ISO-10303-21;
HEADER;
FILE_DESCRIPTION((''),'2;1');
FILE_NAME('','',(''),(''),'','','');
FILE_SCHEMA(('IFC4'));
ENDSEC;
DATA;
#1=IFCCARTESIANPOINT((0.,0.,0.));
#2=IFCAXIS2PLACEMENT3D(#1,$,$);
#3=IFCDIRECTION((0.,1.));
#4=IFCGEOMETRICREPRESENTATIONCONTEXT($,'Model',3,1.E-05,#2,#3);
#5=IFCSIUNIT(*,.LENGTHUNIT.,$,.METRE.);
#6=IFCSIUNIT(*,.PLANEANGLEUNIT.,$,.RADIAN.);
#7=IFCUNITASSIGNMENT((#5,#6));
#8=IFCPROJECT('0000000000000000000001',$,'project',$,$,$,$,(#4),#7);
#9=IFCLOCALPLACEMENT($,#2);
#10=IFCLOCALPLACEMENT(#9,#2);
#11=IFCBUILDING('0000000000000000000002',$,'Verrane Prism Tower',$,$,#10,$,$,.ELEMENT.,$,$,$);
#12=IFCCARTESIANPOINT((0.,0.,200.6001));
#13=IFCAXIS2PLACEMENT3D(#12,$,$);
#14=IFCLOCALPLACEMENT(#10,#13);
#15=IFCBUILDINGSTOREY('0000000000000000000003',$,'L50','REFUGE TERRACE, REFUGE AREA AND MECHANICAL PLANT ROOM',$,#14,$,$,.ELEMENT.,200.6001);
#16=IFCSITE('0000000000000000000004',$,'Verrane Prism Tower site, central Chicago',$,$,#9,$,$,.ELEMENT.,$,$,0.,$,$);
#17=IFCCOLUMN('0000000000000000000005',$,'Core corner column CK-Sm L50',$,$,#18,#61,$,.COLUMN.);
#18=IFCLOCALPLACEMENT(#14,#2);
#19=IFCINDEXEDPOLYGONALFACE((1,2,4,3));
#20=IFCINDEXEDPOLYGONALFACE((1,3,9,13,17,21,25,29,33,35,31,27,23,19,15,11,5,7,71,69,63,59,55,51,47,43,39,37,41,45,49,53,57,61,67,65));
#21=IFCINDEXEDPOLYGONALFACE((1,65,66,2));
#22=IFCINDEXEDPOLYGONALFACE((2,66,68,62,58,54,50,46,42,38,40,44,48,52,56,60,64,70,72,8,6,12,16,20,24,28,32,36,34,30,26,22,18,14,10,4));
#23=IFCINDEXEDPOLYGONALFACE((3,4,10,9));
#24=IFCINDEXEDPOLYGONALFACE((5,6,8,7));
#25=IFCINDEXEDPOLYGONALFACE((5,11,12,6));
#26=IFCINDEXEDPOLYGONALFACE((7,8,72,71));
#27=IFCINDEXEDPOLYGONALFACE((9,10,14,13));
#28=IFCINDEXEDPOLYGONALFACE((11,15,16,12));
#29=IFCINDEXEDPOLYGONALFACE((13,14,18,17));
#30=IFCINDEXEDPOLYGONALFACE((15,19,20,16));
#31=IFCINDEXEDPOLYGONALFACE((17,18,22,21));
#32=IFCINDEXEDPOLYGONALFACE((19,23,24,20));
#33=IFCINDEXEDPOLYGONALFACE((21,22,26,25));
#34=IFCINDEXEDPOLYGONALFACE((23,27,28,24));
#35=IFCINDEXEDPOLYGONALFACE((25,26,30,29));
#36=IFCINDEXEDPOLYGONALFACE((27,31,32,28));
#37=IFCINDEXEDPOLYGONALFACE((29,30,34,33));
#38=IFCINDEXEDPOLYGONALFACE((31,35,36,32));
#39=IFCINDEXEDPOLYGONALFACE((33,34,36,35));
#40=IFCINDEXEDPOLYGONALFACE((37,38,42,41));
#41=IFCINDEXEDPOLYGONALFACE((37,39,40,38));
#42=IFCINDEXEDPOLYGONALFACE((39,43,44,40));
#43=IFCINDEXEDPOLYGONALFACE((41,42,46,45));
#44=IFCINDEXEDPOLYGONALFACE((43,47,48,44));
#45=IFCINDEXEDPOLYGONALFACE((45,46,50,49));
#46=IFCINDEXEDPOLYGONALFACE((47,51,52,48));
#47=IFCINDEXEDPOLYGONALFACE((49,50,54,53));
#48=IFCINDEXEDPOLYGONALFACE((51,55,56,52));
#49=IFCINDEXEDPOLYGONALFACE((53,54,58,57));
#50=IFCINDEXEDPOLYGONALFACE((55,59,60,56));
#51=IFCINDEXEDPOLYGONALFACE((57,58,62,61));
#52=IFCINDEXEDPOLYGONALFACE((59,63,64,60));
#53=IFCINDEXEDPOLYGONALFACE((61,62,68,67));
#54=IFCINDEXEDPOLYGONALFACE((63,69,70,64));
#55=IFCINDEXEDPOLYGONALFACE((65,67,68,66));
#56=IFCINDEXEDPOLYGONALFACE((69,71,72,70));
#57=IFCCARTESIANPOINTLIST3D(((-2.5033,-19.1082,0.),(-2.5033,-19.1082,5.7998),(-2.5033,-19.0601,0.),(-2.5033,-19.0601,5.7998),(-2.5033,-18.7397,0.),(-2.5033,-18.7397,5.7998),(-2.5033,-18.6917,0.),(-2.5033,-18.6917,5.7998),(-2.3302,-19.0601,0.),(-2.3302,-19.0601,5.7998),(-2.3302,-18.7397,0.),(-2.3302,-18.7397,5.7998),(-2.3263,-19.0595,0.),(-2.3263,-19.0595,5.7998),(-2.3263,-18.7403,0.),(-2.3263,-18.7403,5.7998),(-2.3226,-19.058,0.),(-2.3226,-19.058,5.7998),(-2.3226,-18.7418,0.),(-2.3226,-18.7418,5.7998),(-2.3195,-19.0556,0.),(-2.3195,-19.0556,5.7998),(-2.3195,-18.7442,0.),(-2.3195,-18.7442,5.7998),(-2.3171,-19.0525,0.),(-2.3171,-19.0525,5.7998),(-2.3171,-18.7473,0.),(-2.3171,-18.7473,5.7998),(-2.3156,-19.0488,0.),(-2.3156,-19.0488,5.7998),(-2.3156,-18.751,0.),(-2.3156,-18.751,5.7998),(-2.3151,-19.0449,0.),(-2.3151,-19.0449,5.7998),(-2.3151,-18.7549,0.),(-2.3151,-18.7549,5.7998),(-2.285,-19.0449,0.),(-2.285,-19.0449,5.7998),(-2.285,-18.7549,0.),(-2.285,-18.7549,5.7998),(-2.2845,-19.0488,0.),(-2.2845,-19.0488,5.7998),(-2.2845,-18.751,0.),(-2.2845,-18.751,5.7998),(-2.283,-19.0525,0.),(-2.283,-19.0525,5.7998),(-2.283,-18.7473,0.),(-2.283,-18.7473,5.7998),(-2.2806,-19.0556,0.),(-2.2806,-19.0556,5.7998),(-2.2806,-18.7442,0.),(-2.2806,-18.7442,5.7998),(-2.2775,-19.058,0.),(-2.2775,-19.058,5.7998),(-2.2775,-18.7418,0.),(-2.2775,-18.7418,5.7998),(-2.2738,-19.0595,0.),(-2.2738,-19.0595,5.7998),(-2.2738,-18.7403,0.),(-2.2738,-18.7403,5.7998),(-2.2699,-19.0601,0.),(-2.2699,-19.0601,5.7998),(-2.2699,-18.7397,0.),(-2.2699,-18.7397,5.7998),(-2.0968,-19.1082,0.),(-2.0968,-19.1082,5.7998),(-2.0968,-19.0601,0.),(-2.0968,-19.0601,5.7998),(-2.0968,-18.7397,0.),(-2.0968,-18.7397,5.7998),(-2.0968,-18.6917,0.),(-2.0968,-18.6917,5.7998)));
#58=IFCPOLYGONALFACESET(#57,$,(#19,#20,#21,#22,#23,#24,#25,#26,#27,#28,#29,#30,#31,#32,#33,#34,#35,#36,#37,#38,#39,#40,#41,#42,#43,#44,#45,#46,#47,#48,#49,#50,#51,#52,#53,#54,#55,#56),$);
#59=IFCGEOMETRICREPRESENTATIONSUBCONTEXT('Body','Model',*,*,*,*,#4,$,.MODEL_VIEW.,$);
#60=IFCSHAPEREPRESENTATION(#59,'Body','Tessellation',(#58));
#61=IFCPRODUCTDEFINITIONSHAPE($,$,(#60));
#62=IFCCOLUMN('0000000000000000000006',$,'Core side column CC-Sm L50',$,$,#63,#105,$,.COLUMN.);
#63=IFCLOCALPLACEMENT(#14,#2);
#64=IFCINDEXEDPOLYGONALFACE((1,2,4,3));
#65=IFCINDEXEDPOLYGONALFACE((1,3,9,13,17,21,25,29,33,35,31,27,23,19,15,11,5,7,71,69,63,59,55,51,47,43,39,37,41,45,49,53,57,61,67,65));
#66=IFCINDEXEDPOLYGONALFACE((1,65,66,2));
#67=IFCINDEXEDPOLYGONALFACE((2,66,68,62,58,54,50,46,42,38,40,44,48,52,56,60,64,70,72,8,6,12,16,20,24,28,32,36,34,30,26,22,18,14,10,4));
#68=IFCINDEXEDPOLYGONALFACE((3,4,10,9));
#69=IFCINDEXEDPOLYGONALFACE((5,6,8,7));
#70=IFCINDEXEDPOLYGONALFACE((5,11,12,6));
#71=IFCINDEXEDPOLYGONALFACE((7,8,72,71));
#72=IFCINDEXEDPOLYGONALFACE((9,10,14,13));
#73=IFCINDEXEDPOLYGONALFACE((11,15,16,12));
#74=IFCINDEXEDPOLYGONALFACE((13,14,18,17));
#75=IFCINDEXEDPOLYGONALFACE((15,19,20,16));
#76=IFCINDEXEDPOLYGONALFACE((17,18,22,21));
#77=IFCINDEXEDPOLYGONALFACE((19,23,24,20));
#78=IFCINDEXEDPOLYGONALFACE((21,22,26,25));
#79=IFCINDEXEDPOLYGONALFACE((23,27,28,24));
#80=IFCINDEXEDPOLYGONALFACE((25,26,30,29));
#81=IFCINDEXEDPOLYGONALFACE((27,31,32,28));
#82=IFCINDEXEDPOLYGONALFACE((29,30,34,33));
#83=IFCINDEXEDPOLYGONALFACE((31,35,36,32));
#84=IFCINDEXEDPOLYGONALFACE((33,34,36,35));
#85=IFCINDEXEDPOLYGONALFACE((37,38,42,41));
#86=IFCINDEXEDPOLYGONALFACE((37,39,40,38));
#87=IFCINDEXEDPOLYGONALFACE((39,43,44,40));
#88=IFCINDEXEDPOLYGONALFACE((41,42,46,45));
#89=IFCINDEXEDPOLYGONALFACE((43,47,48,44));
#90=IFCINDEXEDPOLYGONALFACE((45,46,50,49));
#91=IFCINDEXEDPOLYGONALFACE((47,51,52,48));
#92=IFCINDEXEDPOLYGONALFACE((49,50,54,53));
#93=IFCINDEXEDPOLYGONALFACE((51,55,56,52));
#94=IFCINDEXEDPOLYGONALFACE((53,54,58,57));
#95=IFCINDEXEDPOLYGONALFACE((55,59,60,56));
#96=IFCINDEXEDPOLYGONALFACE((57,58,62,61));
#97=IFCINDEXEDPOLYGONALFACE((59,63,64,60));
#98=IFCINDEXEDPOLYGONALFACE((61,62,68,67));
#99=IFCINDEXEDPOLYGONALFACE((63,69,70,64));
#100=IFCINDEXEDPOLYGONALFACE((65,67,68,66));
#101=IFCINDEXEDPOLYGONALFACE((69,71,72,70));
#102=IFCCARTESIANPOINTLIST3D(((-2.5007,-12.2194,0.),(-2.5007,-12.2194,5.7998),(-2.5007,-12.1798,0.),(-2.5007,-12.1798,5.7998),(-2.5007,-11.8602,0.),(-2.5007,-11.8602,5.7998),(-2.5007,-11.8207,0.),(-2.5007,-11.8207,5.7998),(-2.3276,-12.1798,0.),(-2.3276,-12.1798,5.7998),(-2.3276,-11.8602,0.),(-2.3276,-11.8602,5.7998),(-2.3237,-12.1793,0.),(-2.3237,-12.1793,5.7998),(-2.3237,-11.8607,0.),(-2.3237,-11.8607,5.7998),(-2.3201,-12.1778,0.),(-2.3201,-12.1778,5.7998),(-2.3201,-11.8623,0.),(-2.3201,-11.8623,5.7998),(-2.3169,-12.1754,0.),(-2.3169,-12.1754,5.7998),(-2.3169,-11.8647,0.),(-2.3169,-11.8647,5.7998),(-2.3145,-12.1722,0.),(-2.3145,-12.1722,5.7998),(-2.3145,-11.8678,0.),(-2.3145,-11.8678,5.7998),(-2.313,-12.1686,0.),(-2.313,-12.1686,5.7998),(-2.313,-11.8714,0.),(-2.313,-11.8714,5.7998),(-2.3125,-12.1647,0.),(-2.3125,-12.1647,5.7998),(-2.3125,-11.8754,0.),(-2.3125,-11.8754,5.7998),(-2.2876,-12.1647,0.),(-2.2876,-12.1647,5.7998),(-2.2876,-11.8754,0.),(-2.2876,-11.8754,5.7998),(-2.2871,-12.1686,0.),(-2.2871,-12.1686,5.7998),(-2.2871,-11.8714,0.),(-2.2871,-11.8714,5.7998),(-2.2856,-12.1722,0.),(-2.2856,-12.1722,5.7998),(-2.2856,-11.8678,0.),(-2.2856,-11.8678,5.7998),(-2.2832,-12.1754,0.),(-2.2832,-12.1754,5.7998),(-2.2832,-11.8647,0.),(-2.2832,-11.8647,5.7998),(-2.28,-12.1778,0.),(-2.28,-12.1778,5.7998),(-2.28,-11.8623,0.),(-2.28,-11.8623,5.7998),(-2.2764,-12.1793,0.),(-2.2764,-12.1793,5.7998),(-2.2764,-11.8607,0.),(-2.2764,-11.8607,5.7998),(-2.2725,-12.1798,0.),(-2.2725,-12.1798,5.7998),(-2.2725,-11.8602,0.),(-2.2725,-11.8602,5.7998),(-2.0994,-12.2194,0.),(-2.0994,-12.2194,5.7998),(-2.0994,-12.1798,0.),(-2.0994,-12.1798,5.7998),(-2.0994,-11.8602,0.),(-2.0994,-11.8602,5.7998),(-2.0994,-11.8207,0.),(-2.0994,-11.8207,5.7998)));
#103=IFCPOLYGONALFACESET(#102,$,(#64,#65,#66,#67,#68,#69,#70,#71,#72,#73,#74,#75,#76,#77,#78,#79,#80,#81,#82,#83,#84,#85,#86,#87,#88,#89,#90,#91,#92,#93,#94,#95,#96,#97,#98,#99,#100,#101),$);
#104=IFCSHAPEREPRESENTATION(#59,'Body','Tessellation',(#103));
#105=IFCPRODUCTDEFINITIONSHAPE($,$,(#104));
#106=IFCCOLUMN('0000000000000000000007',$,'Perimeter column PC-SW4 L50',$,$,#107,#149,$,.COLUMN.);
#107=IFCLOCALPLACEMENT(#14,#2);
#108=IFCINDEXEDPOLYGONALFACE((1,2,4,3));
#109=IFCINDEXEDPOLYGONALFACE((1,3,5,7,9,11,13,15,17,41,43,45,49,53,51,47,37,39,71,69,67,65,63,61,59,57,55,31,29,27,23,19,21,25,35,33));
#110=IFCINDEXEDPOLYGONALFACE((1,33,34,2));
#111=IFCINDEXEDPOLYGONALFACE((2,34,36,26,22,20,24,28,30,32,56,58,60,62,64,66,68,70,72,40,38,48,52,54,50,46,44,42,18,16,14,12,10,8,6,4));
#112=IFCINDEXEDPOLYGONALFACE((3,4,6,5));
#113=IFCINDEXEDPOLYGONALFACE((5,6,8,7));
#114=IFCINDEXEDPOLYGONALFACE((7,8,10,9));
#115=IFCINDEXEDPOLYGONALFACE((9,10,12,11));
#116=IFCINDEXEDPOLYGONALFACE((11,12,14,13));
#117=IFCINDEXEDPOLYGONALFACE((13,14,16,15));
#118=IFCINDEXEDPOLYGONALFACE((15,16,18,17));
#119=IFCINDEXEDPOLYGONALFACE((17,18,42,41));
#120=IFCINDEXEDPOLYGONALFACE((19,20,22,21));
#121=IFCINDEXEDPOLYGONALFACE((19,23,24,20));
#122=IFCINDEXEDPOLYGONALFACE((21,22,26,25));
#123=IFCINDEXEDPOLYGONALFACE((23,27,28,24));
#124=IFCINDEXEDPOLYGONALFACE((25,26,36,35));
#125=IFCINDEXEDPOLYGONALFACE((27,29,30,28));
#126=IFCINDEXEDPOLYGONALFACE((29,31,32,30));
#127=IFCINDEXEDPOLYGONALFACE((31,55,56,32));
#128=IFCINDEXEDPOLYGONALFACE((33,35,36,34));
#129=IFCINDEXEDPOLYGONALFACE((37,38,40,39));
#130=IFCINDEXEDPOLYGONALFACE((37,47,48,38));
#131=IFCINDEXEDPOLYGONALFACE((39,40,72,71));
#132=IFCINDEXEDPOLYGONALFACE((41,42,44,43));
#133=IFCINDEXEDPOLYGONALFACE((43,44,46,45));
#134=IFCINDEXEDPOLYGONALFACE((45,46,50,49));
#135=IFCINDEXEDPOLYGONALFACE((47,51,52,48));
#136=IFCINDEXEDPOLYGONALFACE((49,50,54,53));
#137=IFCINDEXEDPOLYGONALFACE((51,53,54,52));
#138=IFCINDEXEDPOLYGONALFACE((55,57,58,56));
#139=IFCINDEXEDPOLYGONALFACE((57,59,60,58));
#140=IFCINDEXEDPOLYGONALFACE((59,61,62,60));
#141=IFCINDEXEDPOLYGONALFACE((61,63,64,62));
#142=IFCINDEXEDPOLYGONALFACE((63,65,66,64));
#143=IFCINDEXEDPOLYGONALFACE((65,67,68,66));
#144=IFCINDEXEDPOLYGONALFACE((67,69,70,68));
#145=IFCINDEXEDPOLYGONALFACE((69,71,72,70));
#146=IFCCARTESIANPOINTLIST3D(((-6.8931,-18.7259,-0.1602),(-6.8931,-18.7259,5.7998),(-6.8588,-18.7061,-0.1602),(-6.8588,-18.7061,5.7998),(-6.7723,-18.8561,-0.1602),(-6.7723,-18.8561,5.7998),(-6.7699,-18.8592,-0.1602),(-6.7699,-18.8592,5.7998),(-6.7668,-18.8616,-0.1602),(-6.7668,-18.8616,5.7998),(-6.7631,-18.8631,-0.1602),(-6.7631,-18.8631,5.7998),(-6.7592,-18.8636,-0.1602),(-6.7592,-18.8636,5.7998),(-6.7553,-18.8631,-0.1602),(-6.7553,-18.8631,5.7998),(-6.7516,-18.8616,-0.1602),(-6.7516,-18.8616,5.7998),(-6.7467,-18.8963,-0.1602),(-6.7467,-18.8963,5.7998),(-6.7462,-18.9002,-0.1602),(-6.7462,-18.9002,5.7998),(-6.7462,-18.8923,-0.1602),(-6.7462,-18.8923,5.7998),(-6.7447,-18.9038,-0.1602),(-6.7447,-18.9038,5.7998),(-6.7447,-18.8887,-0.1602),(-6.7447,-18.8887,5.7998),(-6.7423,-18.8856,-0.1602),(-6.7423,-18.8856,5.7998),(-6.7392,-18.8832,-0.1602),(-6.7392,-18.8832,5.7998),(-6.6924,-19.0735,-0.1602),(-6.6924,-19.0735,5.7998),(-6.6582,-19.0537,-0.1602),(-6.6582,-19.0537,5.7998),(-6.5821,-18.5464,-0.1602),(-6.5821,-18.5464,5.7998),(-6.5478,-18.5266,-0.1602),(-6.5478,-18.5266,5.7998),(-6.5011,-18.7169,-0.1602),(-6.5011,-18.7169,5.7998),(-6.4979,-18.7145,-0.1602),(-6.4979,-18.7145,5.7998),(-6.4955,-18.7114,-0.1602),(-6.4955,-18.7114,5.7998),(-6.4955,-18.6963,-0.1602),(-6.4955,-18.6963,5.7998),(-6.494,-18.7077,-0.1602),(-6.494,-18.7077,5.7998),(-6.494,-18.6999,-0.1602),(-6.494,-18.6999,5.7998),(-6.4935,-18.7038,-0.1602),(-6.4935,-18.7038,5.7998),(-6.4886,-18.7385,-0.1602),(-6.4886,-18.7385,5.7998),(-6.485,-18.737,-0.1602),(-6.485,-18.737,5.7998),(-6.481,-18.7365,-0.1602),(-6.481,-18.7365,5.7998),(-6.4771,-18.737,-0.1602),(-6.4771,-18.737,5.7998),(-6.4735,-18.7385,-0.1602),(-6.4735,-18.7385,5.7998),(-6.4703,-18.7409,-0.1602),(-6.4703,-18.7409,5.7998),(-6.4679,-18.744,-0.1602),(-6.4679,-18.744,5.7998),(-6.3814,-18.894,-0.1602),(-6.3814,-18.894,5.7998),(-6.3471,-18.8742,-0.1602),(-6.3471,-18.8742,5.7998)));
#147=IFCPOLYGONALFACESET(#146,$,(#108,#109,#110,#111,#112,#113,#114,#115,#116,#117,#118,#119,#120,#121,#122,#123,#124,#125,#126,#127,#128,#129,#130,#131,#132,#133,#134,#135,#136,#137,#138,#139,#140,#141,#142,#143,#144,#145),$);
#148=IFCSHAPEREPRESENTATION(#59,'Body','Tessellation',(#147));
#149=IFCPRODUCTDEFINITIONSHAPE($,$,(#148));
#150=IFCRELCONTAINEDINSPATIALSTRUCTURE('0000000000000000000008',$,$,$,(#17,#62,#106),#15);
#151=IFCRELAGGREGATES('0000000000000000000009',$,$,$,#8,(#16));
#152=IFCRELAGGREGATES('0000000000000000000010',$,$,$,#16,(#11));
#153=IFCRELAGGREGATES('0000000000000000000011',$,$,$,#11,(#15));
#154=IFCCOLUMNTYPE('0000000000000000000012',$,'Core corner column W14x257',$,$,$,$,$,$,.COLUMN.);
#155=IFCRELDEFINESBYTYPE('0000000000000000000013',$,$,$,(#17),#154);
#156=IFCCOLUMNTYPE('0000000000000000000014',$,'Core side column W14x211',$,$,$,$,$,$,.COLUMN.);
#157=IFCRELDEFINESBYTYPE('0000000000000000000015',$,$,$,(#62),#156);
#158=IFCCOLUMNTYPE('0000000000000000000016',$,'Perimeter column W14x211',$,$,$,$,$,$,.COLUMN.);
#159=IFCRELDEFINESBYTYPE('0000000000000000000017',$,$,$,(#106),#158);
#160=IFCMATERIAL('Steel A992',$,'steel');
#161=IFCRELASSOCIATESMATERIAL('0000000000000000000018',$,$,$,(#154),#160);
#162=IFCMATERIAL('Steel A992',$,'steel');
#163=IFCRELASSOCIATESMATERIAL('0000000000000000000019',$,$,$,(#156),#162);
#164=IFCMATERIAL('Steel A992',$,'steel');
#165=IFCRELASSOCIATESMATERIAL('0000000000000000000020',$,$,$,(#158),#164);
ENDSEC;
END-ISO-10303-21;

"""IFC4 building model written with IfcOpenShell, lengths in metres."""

from ifc_helpers import new_model, si_unit, direction, frame, origin, origin_2d, place, context, subcontext, project, spatial, i_section, extrude, material, material_profile, profile_set, type_object, element, save


model = new_model("IFC4")

# Units and contexts
model_context = context("Model", 3, precision=1e-05, world=origin(), true_north=direction((0.0, 1.0)))
body_context = subcontext(model_context, "Body", "Model", "MODEL_VIEW")
ifc_project = project(units=[si_unit("LENGTHUNIT", "METRE"), si_unit("PLANEANGLEUNIT", "RADIAN")], contexts=[model_context])

# Site, building, storey
site_placement = place(None, origin())
site = spatial("IfcSite", under=ifc_project, at=site_placement, Name="Verrane Prism Tower site, central Chicago", CompositionType="ELEMENT", RefElevation=0.0)
building_placement = place(site_placement, origin())
building = spatial("IfcBuilding", under=site, at=building_placement, Name="Verrane Prism Tower", CompositionType="ELEMENT")
storey_placement = place(building_placement, frame((0.0, 0.0, 200.6001)))
storey = spatial("IfcBuildingStorey", under=building, at=storey_placement, Name="L50", Description="REFUGE TERRACE, REFUGE AREA AND MECHANICAL PLANT ROOM", CompositionType="ELEMENT", Elevation=200.6001)

# Columns
ifc_material_1 = material(Name="Steel A992", Category="steel")
ifc_material_profile_1 = material_profile(ifc_material_1, i_section(OverallWidth=0.4065, OverallDepth=0.4165, WebThickness=0.03, FlangeThickness=0.0481, FilletRadius=0.0151, at=origin_2d()), Name="W14x257")
ifc_profile_set_1 = profile_set([ifc_material_profile_1], Name="Steel A992")
column_type_1 = type_object("IfcColumnType", Name="Core corner column W14x257", PredefinedType="COLUMN", material=ifc_profile_set_1)
column_1_placement = place(storey_placement, frame((-2.3, -18.8999, 0.0), z_axis=(0.0, 0.0, 1.0), x_axis=(-1.0, 0.0, 0.0)))
element("IfcColumn", 1, at=column_1_placement, inside=storey, type_object=column_type_1, Name="Core corner column CK-Sm L50", PredefinedType="COLUMN", context=body_context, shape_type="SweptSolid", body=[
    extrude(i_section(OverallWidth=0.4065, OverallDepth=0.4165, WebThickness=0.03, FlangeThickness=0.0481, FilletRadius=0.0151, at=origin_2d()), origin(), (0.0, 0.0, 1.0), 5.7998),
])
ifc_material_2 = material(Name="Steel A992", Category="steel")
ifc_material_profile_2 = material_profile(ifc_material_2, i_section(OverallWidth=0.4014, OverallDepth=0.3987, WebThickness=0.0249, FlangeThickness=0.0396, FilletRadius=0.0151, at=origin_2d()), Name="W14x211")
ifc_profile_set_2 = profile_set([ifc_material_profile_2], Name="Steel A992")
column_type_2 = type_object("IfcColumnType", Name="Core side column W14x211", PredefinedType="COLUMN", material=ifc_profile_set_2)
column_2_placement = place(storey_placement, frame((-2.3, -12.02, 0.0), z_axis=(0.0, 0.0, 1.0), x_axis=(1.0, 0.0, 0.0)))
element("IfcColumn", 2, at=column_2_placement, inside=storey, type_object=column_type_2, Name="Core side column CC-Sm L50", PredefinedType="COLUMN", context=body_context, shape_type="SweptSolid", body=[
    extrude(i_section(OverallWidth=0.4014, OverallDepth=0.3987, WebThickness=0.0249, FlangeThickness=0.0396, FilletRadius=0.0151, at=origin_2d()), origin(), (0.0, 0.0, 1.0), 5.7998),
])
ifc_material_3 = material(Name="Steel A992", Category="steel")
ifc_material_profile_3 = material_profile(ifc_material_3, i_section(OverallWidth=0.4014, OverallDepth=0.3987, WebThickness=0.0249, FlangeThickness=0.0396, FilletRadius=0.0151, at=origin_2d()), Name="W14x211")
ifc_profile_set_3 = profile_set([ifc_material_profile_3], Name="Steel A992")
column_type_3 = type_object("IfcColumnType", Name="Perimeter column W14x211", PredefinedType="COLUMN", material=ifc_profile_set_3)
column_3_placement = place(storey_placement, frame((-6.6201, -18.8, -0.1602), z_axis=(0.0, 0.0, 1.0), x_axis=(-0.5, 0.866025, 0.0)))
element("IfcColumn", 3, at=column_3_placement, inside=storey, type_object=column_type_3, Name="Perimeter column PC-SW4 L50", PredefinedType="COLUMN", context=body_context, shape_type="SweptSolid", body=[
    extrude(i_section(OverallWidth=0.4014, OverallDepth=0.3987, WebThickness=0.0249, FlangeThickness=0.0396, FilletRadius=0.0151, at=origin_2d()), origin(), (0.0, 0.0, 1.0), 5.96),
])

save(model, "model.ifc")
